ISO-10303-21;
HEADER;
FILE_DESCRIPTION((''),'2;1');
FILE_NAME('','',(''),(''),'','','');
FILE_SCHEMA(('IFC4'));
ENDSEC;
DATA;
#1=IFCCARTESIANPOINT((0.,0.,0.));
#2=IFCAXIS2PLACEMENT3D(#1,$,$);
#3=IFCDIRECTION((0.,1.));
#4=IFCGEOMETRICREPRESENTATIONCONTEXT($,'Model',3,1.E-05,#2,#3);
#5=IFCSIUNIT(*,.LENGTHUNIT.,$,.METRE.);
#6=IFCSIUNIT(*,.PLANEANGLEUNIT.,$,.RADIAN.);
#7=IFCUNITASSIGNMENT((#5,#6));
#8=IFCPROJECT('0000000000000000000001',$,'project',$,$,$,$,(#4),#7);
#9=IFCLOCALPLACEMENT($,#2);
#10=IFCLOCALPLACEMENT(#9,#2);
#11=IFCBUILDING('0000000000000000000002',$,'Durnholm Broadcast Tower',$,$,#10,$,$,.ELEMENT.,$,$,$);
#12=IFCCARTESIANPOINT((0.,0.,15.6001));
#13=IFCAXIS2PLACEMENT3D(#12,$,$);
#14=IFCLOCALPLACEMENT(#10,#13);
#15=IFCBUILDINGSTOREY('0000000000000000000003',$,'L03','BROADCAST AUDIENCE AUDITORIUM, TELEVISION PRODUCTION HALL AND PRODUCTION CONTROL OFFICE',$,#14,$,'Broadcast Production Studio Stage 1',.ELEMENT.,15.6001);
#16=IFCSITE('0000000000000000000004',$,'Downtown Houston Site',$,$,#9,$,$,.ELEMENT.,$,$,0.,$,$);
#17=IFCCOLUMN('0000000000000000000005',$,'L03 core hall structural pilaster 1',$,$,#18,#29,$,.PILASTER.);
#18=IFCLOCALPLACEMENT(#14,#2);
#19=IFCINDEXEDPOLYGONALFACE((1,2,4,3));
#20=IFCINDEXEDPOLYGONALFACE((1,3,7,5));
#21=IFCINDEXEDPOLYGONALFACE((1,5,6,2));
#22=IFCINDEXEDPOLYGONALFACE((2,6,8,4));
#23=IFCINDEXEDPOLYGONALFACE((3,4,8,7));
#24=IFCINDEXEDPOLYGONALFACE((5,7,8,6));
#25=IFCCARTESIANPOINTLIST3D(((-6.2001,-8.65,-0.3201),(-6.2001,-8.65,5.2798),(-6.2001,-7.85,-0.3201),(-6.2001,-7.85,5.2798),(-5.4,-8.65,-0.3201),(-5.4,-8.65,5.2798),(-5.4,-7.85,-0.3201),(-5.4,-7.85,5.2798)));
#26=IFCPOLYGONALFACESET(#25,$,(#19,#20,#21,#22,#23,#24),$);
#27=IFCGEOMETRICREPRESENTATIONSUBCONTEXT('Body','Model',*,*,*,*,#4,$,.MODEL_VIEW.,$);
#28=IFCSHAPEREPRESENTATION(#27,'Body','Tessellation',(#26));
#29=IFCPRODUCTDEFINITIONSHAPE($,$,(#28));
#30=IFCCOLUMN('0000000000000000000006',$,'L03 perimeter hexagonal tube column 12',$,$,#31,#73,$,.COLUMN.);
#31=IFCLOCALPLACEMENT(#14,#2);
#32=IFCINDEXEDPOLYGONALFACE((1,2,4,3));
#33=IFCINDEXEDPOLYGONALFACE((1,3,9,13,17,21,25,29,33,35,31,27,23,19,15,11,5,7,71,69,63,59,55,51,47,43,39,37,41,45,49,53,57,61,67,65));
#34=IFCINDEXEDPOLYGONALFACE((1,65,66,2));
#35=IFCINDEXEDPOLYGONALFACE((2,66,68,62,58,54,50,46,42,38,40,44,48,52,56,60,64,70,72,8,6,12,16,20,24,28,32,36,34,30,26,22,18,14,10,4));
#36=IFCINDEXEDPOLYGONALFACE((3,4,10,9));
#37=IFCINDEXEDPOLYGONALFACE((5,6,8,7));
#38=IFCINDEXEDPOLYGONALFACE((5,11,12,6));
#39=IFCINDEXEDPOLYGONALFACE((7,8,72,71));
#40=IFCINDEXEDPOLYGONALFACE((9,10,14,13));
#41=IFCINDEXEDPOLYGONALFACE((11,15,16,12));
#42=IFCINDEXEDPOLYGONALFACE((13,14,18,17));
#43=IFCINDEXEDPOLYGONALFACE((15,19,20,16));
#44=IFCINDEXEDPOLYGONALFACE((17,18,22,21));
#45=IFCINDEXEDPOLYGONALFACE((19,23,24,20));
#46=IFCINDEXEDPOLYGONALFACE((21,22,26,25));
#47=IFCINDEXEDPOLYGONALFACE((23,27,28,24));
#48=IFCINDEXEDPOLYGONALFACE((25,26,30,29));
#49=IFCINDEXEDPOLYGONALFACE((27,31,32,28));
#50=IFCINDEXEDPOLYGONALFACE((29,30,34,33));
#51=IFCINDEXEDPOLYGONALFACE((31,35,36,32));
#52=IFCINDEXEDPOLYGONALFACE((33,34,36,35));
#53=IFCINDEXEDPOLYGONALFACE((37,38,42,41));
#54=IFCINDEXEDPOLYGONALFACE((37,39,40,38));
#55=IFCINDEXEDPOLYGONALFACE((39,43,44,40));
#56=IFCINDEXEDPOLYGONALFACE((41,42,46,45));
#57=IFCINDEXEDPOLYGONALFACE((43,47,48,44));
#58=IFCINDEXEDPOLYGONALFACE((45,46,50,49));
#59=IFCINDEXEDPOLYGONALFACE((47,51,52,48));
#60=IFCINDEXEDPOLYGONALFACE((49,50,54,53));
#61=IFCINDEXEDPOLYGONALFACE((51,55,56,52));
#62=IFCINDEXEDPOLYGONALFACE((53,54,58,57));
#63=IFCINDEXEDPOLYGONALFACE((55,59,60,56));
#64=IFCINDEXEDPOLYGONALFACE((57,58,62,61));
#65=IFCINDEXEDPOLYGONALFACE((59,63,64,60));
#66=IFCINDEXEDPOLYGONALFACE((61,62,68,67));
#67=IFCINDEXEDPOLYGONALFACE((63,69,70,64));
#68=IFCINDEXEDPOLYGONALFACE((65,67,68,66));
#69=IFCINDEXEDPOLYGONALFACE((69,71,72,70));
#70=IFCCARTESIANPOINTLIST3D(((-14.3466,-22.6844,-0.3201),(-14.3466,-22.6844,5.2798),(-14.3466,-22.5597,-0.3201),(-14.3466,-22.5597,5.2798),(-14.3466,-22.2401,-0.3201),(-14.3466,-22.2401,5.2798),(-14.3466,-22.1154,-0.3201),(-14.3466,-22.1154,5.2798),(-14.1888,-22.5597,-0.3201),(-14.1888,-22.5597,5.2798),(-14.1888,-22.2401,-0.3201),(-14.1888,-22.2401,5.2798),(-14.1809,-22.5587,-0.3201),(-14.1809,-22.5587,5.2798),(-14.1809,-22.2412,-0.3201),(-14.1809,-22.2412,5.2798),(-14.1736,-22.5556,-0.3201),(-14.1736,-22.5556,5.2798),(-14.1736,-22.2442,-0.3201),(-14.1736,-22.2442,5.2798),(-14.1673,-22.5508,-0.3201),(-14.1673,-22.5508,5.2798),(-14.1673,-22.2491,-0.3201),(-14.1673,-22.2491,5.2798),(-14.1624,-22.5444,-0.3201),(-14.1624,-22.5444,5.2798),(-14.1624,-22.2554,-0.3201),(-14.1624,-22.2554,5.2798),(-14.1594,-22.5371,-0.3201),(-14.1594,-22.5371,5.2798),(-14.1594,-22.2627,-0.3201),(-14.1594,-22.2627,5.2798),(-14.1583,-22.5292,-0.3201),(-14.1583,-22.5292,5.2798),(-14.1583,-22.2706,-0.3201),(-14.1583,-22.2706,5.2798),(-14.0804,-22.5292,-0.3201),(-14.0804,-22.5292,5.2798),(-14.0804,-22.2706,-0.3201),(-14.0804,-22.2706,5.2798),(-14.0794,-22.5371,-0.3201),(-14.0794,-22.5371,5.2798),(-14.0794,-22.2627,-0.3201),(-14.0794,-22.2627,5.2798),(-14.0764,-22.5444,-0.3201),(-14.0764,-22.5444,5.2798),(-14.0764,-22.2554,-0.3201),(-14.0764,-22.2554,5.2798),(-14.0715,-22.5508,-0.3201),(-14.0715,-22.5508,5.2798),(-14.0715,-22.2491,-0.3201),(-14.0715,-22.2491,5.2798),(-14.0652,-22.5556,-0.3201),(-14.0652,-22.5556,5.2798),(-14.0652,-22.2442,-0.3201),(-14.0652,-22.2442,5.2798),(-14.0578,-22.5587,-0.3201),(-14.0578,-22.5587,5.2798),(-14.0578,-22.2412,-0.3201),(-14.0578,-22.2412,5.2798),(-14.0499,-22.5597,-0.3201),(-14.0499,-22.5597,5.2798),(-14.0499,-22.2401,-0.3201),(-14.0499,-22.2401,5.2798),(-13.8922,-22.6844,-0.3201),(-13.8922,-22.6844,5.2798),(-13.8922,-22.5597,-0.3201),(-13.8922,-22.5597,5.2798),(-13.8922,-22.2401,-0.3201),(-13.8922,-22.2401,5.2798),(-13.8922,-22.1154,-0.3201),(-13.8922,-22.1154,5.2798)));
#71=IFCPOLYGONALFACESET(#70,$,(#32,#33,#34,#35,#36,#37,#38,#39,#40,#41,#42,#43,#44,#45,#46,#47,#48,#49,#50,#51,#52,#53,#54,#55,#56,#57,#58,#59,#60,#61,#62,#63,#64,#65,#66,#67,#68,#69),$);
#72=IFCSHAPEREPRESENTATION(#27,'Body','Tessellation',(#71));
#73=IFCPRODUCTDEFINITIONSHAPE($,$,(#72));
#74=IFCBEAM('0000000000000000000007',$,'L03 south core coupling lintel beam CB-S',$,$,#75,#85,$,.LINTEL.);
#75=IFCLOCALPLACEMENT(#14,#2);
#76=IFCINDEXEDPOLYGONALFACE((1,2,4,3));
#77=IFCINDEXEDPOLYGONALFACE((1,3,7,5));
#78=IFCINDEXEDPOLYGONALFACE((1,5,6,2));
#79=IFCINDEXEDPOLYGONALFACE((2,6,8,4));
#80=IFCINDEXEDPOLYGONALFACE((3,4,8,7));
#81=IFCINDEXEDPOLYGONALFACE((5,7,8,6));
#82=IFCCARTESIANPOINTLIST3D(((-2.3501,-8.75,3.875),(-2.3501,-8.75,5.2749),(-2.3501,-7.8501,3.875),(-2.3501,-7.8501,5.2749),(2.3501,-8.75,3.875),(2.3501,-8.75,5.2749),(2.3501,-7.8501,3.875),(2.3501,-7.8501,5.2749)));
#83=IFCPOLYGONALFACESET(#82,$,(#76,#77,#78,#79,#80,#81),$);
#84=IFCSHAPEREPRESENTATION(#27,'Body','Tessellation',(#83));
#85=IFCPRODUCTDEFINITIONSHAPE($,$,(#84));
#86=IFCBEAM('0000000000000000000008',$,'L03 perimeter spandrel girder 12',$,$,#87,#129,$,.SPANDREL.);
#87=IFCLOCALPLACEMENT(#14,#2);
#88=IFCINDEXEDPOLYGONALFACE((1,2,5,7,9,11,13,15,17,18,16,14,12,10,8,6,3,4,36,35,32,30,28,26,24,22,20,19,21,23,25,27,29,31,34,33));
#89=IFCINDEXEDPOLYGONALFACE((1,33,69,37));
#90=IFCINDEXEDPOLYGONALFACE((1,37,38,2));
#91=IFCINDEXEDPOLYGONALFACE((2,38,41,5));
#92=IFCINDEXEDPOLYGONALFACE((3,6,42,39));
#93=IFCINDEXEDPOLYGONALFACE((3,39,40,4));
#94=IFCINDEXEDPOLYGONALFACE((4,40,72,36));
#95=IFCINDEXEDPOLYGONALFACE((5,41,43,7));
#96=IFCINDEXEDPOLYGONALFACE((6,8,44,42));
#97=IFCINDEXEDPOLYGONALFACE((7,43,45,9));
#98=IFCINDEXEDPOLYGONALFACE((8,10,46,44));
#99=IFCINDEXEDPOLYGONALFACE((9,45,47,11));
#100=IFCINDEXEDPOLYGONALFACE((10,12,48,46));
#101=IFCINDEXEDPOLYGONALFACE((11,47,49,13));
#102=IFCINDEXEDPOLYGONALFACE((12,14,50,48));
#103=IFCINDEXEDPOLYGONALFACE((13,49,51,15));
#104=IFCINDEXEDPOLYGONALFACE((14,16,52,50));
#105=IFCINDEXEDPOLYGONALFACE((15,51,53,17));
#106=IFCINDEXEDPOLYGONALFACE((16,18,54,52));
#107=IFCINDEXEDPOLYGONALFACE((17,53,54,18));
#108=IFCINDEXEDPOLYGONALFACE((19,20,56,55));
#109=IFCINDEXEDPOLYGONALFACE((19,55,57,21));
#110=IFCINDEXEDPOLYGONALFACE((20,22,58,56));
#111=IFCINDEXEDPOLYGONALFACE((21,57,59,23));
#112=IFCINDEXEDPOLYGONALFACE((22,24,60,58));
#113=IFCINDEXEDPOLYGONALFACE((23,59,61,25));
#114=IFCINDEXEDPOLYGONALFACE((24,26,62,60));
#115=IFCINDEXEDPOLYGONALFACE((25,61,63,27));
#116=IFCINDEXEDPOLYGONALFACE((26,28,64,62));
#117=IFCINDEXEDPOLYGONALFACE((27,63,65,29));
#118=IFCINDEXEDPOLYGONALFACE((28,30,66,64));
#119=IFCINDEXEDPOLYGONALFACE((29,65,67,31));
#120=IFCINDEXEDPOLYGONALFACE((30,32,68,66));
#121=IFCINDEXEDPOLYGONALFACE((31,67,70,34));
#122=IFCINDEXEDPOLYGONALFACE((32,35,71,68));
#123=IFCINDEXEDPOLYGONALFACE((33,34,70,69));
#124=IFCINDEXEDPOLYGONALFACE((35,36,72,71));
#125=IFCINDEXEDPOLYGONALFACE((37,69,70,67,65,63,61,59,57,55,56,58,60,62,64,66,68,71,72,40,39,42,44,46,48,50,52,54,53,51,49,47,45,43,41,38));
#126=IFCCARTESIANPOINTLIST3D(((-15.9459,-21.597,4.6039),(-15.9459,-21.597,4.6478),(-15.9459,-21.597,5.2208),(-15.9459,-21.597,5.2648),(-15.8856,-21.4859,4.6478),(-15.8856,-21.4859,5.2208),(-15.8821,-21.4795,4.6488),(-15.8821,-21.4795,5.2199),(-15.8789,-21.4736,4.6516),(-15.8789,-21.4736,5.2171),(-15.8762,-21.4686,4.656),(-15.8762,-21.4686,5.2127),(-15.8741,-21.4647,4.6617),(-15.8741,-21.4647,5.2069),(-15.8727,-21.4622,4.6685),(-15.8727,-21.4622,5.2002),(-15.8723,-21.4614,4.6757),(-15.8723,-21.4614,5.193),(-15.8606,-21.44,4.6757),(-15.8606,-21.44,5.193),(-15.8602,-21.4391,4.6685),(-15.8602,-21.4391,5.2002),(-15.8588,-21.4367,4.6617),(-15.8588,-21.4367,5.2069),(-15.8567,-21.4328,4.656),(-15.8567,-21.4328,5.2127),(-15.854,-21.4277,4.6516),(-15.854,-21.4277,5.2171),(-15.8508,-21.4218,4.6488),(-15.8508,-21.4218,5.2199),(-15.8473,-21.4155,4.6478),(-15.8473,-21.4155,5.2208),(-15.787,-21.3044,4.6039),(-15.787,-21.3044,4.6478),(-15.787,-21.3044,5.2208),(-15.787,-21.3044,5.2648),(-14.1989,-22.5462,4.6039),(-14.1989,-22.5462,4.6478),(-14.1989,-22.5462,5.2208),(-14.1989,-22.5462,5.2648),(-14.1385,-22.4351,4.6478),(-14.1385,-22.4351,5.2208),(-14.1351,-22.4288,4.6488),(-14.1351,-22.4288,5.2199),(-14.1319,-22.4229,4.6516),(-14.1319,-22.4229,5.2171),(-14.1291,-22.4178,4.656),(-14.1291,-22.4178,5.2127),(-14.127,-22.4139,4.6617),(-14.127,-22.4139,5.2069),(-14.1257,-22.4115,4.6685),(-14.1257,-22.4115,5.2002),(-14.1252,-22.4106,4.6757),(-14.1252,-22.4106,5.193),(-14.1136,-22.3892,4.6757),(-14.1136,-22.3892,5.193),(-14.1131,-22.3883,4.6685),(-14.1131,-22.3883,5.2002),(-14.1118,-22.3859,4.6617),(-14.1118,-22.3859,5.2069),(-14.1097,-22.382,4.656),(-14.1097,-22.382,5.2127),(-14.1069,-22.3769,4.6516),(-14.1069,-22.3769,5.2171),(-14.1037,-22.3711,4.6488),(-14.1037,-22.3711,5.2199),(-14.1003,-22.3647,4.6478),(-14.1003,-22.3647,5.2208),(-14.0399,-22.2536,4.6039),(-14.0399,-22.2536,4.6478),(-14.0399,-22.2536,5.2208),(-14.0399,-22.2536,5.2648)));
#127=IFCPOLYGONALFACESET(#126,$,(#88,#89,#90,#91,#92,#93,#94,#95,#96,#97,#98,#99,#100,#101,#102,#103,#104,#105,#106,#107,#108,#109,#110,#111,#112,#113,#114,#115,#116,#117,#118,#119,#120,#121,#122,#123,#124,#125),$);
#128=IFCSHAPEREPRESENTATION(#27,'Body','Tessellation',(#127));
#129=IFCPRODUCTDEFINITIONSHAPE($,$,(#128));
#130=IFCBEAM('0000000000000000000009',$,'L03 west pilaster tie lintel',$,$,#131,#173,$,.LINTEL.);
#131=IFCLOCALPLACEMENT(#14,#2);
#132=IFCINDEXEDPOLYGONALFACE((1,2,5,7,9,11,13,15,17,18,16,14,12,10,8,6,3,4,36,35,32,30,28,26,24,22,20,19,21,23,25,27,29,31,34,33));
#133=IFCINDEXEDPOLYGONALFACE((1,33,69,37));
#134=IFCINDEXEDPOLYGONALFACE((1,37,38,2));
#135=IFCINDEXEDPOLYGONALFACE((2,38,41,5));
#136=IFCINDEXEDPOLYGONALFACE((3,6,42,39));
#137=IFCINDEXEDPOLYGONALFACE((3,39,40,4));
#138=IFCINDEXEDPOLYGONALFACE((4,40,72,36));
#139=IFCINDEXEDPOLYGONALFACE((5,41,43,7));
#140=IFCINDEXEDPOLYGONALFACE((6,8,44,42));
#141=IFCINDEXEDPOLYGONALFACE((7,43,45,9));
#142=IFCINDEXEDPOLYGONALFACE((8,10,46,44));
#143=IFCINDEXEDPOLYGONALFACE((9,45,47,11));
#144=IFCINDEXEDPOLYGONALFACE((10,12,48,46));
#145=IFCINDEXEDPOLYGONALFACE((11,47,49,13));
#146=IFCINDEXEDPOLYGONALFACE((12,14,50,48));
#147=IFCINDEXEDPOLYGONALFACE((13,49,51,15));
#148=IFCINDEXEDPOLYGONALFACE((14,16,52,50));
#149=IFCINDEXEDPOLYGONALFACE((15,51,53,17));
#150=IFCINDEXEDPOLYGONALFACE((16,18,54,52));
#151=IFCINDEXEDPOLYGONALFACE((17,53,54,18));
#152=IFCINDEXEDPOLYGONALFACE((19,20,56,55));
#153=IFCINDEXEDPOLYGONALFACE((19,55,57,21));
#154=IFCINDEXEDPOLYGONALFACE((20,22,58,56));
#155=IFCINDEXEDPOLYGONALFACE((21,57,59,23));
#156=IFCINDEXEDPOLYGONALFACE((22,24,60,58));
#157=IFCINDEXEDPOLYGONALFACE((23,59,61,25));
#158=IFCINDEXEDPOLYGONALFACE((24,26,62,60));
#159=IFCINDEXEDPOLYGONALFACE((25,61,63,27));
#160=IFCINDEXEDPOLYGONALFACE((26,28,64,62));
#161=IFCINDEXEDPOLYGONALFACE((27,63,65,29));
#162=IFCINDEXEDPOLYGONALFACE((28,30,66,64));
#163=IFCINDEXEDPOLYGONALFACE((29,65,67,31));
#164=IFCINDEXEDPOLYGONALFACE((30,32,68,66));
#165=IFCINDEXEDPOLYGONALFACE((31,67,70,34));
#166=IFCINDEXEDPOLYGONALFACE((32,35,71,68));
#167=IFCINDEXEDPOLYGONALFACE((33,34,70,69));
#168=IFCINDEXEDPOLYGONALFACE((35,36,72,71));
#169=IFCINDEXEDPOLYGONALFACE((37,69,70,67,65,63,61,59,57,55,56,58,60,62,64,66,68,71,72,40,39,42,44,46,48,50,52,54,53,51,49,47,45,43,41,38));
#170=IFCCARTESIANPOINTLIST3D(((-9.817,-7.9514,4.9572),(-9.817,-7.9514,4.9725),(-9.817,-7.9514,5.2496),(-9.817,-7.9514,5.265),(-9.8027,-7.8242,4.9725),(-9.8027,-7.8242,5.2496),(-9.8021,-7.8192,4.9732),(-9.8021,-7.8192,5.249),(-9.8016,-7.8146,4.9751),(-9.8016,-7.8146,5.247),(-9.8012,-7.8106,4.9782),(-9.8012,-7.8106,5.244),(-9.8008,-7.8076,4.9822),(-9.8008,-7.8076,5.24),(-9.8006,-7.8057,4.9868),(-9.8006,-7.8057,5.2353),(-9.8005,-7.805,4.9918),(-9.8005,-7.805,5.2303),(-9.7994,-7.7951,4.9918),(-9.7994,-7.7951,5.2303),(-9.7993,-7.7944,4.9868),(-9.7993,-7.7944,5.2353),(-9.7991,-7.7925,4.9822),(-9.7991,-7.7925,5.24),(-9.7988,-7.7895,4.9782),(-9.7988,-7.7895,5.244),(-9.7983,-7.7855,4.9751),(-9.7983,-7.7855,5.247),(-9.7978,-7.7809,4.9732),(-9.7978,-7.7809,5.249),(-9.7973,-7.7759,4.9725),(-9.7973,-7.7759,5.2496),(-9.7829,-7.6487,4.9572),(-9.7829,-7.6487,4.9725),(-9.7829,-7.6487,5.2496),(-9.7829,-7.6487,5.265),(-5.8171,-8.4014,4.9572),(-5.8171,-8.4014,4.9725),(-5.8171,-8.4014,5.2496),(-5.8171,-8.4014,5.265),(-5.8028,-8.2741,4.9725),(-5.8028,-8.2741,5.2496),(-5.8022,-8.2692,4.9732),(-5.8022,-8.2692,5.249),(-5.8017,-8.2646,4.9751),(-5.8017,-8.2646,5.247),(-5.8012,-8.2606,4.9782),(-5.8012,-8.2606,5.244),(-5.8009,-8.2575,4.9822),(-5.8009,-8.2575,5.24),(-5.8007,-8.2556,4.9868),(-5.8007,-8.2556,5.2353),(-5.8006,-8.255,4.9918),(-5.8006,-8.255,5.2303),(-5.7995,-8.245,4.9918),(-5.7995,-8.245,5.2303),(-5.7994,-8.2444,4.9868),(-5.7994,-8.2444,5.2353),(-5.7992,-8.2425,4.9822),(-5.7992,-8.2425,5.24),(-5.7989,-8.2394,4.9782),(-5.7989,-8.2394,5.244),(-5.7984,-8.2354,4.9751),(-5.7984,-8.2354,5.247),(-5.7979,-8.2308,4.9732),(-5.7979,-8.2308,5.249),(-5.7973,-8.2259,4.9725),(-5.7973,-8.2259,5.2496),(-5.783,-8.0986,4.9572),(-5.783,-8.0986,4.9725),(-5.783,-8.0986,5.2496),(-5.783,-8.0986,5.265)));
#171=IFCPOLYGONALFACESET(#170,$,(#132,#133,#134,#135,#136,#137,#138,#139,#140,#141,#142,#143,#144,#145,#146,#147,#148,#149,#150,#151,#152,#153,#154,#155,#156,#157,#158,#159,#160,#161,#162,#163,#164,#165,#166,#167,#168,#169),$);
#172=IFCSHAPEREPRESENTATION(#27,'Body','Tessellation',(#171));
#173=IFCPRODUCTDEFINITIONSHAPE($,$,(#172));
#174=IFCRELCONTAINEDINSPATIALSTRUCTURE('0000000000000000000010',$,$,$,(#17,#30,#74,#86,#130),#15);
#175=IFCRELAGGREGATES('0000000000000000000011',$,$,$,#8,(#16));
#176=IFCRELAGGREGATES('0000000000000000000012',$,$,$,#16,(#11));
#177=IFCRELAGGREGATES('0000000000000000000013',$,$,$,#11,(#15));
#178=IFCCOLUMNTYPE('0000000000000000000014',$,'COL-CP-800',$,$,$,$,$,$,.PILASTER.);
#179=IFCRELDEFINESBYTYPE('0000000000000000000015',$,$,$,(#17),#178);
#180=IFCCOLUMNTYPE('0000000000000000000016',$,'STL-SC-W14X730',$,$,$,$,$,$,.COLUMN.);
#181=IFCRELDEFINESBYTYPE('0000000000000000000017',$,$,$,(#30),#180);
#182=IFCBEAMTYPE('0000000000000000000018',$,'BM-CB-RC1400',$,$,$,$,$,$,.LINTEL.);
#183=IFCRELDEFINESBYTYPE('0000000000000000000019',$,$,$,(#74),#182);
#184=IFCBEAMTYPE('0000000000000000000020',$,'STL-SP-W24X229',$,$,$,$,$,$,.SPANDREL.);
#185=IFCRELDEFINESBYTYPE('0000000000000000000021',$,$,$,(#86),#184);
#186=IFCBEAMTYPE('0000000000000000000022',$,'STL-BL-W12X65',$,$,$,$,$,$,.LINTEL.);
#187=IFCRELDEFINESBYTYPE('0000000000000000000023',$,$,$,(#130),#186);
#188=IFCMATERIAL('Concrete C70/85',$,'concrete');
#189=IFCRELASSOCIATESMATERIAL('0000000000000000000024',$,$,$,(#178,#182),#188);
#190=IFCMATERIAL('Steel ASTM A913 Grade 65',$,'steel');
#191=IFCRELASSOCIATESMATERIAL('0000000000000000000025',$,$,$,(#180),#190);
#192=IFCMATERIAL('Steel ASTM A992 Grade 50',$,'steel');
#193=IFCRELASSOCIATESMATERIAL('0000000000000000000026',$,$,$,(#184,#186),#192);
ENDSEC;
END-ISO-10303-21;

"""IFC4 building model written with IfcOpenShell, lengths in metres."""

from ifc_helpers import new_model, si_unit, direction, frame, origin, origin_2d, place, context, subcontext, project, spatial, rectangle, i_section, extrude, source, transform, mapped, material, material_profile, profile_set, type_object, type_shapes, element, save


model = new_model("IFC4")

# Units and contexts
model_context = context("Model", 3, precision=1e-05, world=origin(), true_north=direction((0.0, 1.0)))
body_context = subcontext(model_context, "Body", "Model", "MODEL_VIEW")
ifc_project = project(units=[si_unit("LENGTHUNIT", "METRE"), si_unit("PLANEANGLEUNIT", "RADIAN")], contexts=[model_context])

# Site, building, storey
site_placement = place(None, origin())
site = spatial("IfcSite", under=ifc_project, at=site_placement, Name="Downtown Houston Site", CompositionType="ELEMENT", RefElevation=0.0)
building_placement = place(site_placement, origin())
building = spatial("IfcBuilding", under=site, at=building_placement, Name="Durnholm Broadcast Tower", CompositionType="ELEMENT")
storey_placement = place(building_placement, frame((0.0, 0.0, 15.6001)))
storey = spatial("IfcBuildingStorey", under=building, at=storey_placement, Name="L03", Description="BROADCAST AUDIENCE AUDITORIUM, TELEVISION PRODUCTION HALL AND PRODUCTION CONTROL OFFICE", LongName="Broadcast Production Studio Stage 1", CompositionType="ELEMENT", Elevation=15.6001)

# Columns
ifc_material_1 = material(Name="Concrete C70/85", Category="concrete")
ifc_material_profile_1 = material_profile(ifc_material_1, rectangle(XDim=0.8, YDim=0.8, at=origin_2d()), Name="RC800X800")
ifc_profile_set_1 = profile_set([ifc_material_profile_1], Name="Concrete C70/85")
column_type_1 = type_object("IfcColumnType", Name="COL-CP-800", PredefinedType="PILASTER", material=ifc_profile_set_1)
shared_shape_1 = source(origin(), body_context, "Body", "SweptSolid", [
    extrude(rectangle(XDim=0.8, YDim=0.8, at=origin_2d()), origin(), (0.0, 0.0, 1.0), 5.5999),
])
type_shapes(column_type_1, [shared_shape_1])
column_1_placement = place(storey_placement, frame((-5.8, -8.25, -0.3201), z_axis=(0.0, 0.0, 1.0), x_axis=(1.0, 0.0, 0.0)))
element("IfcColumn", 1, at=column_1_placement, inside=storey, type_object=column_type_1, Name="L03 core hall structural pilaster 1", PredefinedType="PILASTER", context=body_context, shape_type="MappedRepresentation", body=[
    mapped(shared_shape_1, transform((0.0, 0.0, 0.0), x_axis=(1.0, 0.0, 0.0), y_axis=(0.0, 1.0, 0.0), z_axis=(0.0, 0.0, 1.0), scale=1.0)),
])
ifc_material_2 = material(Name="Steel ASTM A913 Grade 65", Category="steel")
ifc_material_profile_2 = material_profile(ifc_material_2, i_section(OverallWidth=0.4543, OverallDepth=0.5691, WebThickness=0.0779, FlangeThickness=0.1248, FilletRadius=0.0305, at=origin_2d()), Name="W14X730")
ifc_profile_set_2 = profile_set([ifc_material_profile_2], Name="Steel ASTM A913 Grade 65")
column_type_2 = type_object("IfcColumnType", Name="STL-SC-W14X730", PredefinedType="COLUMN", material=ifc_profile_set_2)
shared_shape_2 = source(origin(), body_context, "Body", "SweptSolid", [
    extrude(i_section(OverallWidth=0.4543, OverallDepth=0.5691, WebThickness=0.0779, FlangeThickness=0.1248, FilletRadius=0.0305, at=origin_2d()), origin(), (0.0, 0.0, 1.0), 5.5999),
])
type_shapes(column_type_2, [shared_shape_2])
column_2_placement = place(storey_placement, frame((-14.1194, -22.3999, -0.3201), z_axis=(0.0, 0.0, 1.0), x_axis=(1.0, 0.0, 0.0)))
element("IfcColumn", 2, at=column_2_placement, inside=storey, type_object=column_type_2, Name="L03 perimeter hexagonal tube column 12", PredefinedType="COLUMN", context=body_context, shape_type="MappedRepresentation", body=[
    mapped(shared_shape_2, transform((0.0, 0.0, 0.0), x_axis=(1.0, 0.0, 0.0), y_axis=(0.0, 1.0, 0.0), z_axis=(0.0, 0.0, 1.0), scale=1.0)),
])

# Beams
ifc_material_profile_3 = material_profile(ifc_material_1, rectangle(XDim=0.8999, YDim=1.3999, at=origin_2d()), Name="RC900X1400")
ifc_profile_set_3 = profile_set([ifc_material_profile_3], Name="Concrete C70/85")
beam_type_1 = type_object("IfcBeamType", Name="BM-CB-RC1400", PredefinedType="LINTEL", material=ifc_profile_set_3)
shared_shape_3 = source(origin(), body_context, "Body", "SweptSolid", [
    extrude(rectangle(XDim=0.8999, YDim=1.3999, at=origin_2d()), origin(), (0.0, 0.0, 1.0), 4.7002),
])
type_shapes(beam_type_1, [shared_shape_3])
beam_1_placement = place(storey_placement, frame((-2.3501, -8.3, 4.575), z_axis=(1.0, 0.0, 0.0), x_axis=(0.0, 1.0, 0.0)))
element("IfcBeam", 3, at=beam_1_placement, inside=storey, type_object=beam_type_1, Name="L03 south core coupling lintel beam CB-S", PredefinedType="LINTEL", context=body_context, shape_type="MappedRepresentation", body=[
    mapped(shared_shape_3, transform((0.0, 0.0, 0.0), x_axis=(1.0, 0.0, 0.0), y_axis=(0.0, 1.0, 0.0), z_axis=(0.0, 0.0, 1.0), scale=1.0)),
])
ifc_material_3 = material(Name="Steel ASTM A992 Grade 50", Category="steel")
ifc_material_profile_4 = material_profile(ifc_material_3, i_section(OverallWidth=0.333, OverallDepth=0.6609, WebThickness=0.0244, FlangeThickness=0.0439, FilletRadius=0.0278, at=origin_2d()), Name="W24X229")
ifc_profile_set_4 = profile_set([ifc_material_profile_4], Name="Steel ASTM A992 Grade 50")
beam_type_2 = type_object("IfcBeamType", Name="STL-SP-W24X229", PredefinedType="SPANDREL", material=ifc_profile_set_4)
shared_shape_4 = source(origin(), body_context, "Body", "SweptSolid", [
    extrude(i_section(OverallWidth=0.333, OverallDepth=0.6609, WebThickness=0.0244, FlangeThickness=0.0439, FilletRadius=0.0278, at=origin_2d()), origin(), (0.0, 0.0, 1.0), 1.9883),
])
type_shapes(beam_type_2, [shared_shape_4])
beam_2_placement = place(storey_placement, frame((-14.1194, -22.3999, 4.9343), z_axis=(-0.878683, 0.477406, 0.0), x_axis=(-0.477406, -0.878683, 0.0)))
element("IfcBeam", 4, at=beam_2_placement, inside=storey, type_object=beam_type_2, Name="L03 perimeter spandrel girder 12", PredefinedType="SPANDREL", context=body_context, shape_type="MappedRepresentation", body=[
    mapped(shared_shape_4, transform((0.0, 0.0, 0.0), x_axis=(1.0, 0.0, 0.0), y_axis=(0.0, 1.0, 0.0), z_axis=(0.0, 0.0, 1.0), scale=1.0)),
])
ifc_material_profile_5 = material_profile(ifc_material_3, i_section(OverallWidth=0.3047, OverallDepth=0.3079, WebThickness=0.01, FlangeThickness=0.0154, FilletRadius=0.0193, at=origin_2d()), Name="W12X65")
ifc_profile_set_5 = profile_set([ifc_material_profile_5], Name="Steel ASTM A992 Grade 50")
beam_type_3 = type_object("IfcBeamType", Name="STL-BL-W12X65", PredefinedType="LINTEL", material=ifc_profile_set_5)
shared_shape_5 = source(origin(), body_context, "Body", "SweptSolid", [
    extrude(i_section(OverallWidth=0.3047, OverallDepth=0.3079, WebThickness=0.01, FlangeThickness=0.0154, FilletRadius=0.0193, at=origin_2d()), origin(), (0.0, 0.0, 1.0), 4.0251),
])
type_shapes(beam_type_3, [shared_shape_5])
beam_3_placement = place(storey_placement, frame((-5.8, -8.25, 5.1111), z_axis=(-0.993733, 0.111783, 0.0), x_axis=(-0.111783, -0.993733, 0.0)))
element("IfcBeam", 5, at=beam_3_placement, inside=storey, type_object=beam_type_3, Name="L03 west pilaster tie lintel", PredefinedType="LINTEL", context=body_context, shape_type="MappedRepresentation", body=[
    mapped(shared_shape_5, transform((0.0, 0.0, 0.0), x_axis=(1.0, 0.0, 0.0), y_axis=(0.0, 1.0, 0.0), z_axis=(0.0, 0.0, 1.0), scale=1.0)),
])

save(model, "model.ifc")
